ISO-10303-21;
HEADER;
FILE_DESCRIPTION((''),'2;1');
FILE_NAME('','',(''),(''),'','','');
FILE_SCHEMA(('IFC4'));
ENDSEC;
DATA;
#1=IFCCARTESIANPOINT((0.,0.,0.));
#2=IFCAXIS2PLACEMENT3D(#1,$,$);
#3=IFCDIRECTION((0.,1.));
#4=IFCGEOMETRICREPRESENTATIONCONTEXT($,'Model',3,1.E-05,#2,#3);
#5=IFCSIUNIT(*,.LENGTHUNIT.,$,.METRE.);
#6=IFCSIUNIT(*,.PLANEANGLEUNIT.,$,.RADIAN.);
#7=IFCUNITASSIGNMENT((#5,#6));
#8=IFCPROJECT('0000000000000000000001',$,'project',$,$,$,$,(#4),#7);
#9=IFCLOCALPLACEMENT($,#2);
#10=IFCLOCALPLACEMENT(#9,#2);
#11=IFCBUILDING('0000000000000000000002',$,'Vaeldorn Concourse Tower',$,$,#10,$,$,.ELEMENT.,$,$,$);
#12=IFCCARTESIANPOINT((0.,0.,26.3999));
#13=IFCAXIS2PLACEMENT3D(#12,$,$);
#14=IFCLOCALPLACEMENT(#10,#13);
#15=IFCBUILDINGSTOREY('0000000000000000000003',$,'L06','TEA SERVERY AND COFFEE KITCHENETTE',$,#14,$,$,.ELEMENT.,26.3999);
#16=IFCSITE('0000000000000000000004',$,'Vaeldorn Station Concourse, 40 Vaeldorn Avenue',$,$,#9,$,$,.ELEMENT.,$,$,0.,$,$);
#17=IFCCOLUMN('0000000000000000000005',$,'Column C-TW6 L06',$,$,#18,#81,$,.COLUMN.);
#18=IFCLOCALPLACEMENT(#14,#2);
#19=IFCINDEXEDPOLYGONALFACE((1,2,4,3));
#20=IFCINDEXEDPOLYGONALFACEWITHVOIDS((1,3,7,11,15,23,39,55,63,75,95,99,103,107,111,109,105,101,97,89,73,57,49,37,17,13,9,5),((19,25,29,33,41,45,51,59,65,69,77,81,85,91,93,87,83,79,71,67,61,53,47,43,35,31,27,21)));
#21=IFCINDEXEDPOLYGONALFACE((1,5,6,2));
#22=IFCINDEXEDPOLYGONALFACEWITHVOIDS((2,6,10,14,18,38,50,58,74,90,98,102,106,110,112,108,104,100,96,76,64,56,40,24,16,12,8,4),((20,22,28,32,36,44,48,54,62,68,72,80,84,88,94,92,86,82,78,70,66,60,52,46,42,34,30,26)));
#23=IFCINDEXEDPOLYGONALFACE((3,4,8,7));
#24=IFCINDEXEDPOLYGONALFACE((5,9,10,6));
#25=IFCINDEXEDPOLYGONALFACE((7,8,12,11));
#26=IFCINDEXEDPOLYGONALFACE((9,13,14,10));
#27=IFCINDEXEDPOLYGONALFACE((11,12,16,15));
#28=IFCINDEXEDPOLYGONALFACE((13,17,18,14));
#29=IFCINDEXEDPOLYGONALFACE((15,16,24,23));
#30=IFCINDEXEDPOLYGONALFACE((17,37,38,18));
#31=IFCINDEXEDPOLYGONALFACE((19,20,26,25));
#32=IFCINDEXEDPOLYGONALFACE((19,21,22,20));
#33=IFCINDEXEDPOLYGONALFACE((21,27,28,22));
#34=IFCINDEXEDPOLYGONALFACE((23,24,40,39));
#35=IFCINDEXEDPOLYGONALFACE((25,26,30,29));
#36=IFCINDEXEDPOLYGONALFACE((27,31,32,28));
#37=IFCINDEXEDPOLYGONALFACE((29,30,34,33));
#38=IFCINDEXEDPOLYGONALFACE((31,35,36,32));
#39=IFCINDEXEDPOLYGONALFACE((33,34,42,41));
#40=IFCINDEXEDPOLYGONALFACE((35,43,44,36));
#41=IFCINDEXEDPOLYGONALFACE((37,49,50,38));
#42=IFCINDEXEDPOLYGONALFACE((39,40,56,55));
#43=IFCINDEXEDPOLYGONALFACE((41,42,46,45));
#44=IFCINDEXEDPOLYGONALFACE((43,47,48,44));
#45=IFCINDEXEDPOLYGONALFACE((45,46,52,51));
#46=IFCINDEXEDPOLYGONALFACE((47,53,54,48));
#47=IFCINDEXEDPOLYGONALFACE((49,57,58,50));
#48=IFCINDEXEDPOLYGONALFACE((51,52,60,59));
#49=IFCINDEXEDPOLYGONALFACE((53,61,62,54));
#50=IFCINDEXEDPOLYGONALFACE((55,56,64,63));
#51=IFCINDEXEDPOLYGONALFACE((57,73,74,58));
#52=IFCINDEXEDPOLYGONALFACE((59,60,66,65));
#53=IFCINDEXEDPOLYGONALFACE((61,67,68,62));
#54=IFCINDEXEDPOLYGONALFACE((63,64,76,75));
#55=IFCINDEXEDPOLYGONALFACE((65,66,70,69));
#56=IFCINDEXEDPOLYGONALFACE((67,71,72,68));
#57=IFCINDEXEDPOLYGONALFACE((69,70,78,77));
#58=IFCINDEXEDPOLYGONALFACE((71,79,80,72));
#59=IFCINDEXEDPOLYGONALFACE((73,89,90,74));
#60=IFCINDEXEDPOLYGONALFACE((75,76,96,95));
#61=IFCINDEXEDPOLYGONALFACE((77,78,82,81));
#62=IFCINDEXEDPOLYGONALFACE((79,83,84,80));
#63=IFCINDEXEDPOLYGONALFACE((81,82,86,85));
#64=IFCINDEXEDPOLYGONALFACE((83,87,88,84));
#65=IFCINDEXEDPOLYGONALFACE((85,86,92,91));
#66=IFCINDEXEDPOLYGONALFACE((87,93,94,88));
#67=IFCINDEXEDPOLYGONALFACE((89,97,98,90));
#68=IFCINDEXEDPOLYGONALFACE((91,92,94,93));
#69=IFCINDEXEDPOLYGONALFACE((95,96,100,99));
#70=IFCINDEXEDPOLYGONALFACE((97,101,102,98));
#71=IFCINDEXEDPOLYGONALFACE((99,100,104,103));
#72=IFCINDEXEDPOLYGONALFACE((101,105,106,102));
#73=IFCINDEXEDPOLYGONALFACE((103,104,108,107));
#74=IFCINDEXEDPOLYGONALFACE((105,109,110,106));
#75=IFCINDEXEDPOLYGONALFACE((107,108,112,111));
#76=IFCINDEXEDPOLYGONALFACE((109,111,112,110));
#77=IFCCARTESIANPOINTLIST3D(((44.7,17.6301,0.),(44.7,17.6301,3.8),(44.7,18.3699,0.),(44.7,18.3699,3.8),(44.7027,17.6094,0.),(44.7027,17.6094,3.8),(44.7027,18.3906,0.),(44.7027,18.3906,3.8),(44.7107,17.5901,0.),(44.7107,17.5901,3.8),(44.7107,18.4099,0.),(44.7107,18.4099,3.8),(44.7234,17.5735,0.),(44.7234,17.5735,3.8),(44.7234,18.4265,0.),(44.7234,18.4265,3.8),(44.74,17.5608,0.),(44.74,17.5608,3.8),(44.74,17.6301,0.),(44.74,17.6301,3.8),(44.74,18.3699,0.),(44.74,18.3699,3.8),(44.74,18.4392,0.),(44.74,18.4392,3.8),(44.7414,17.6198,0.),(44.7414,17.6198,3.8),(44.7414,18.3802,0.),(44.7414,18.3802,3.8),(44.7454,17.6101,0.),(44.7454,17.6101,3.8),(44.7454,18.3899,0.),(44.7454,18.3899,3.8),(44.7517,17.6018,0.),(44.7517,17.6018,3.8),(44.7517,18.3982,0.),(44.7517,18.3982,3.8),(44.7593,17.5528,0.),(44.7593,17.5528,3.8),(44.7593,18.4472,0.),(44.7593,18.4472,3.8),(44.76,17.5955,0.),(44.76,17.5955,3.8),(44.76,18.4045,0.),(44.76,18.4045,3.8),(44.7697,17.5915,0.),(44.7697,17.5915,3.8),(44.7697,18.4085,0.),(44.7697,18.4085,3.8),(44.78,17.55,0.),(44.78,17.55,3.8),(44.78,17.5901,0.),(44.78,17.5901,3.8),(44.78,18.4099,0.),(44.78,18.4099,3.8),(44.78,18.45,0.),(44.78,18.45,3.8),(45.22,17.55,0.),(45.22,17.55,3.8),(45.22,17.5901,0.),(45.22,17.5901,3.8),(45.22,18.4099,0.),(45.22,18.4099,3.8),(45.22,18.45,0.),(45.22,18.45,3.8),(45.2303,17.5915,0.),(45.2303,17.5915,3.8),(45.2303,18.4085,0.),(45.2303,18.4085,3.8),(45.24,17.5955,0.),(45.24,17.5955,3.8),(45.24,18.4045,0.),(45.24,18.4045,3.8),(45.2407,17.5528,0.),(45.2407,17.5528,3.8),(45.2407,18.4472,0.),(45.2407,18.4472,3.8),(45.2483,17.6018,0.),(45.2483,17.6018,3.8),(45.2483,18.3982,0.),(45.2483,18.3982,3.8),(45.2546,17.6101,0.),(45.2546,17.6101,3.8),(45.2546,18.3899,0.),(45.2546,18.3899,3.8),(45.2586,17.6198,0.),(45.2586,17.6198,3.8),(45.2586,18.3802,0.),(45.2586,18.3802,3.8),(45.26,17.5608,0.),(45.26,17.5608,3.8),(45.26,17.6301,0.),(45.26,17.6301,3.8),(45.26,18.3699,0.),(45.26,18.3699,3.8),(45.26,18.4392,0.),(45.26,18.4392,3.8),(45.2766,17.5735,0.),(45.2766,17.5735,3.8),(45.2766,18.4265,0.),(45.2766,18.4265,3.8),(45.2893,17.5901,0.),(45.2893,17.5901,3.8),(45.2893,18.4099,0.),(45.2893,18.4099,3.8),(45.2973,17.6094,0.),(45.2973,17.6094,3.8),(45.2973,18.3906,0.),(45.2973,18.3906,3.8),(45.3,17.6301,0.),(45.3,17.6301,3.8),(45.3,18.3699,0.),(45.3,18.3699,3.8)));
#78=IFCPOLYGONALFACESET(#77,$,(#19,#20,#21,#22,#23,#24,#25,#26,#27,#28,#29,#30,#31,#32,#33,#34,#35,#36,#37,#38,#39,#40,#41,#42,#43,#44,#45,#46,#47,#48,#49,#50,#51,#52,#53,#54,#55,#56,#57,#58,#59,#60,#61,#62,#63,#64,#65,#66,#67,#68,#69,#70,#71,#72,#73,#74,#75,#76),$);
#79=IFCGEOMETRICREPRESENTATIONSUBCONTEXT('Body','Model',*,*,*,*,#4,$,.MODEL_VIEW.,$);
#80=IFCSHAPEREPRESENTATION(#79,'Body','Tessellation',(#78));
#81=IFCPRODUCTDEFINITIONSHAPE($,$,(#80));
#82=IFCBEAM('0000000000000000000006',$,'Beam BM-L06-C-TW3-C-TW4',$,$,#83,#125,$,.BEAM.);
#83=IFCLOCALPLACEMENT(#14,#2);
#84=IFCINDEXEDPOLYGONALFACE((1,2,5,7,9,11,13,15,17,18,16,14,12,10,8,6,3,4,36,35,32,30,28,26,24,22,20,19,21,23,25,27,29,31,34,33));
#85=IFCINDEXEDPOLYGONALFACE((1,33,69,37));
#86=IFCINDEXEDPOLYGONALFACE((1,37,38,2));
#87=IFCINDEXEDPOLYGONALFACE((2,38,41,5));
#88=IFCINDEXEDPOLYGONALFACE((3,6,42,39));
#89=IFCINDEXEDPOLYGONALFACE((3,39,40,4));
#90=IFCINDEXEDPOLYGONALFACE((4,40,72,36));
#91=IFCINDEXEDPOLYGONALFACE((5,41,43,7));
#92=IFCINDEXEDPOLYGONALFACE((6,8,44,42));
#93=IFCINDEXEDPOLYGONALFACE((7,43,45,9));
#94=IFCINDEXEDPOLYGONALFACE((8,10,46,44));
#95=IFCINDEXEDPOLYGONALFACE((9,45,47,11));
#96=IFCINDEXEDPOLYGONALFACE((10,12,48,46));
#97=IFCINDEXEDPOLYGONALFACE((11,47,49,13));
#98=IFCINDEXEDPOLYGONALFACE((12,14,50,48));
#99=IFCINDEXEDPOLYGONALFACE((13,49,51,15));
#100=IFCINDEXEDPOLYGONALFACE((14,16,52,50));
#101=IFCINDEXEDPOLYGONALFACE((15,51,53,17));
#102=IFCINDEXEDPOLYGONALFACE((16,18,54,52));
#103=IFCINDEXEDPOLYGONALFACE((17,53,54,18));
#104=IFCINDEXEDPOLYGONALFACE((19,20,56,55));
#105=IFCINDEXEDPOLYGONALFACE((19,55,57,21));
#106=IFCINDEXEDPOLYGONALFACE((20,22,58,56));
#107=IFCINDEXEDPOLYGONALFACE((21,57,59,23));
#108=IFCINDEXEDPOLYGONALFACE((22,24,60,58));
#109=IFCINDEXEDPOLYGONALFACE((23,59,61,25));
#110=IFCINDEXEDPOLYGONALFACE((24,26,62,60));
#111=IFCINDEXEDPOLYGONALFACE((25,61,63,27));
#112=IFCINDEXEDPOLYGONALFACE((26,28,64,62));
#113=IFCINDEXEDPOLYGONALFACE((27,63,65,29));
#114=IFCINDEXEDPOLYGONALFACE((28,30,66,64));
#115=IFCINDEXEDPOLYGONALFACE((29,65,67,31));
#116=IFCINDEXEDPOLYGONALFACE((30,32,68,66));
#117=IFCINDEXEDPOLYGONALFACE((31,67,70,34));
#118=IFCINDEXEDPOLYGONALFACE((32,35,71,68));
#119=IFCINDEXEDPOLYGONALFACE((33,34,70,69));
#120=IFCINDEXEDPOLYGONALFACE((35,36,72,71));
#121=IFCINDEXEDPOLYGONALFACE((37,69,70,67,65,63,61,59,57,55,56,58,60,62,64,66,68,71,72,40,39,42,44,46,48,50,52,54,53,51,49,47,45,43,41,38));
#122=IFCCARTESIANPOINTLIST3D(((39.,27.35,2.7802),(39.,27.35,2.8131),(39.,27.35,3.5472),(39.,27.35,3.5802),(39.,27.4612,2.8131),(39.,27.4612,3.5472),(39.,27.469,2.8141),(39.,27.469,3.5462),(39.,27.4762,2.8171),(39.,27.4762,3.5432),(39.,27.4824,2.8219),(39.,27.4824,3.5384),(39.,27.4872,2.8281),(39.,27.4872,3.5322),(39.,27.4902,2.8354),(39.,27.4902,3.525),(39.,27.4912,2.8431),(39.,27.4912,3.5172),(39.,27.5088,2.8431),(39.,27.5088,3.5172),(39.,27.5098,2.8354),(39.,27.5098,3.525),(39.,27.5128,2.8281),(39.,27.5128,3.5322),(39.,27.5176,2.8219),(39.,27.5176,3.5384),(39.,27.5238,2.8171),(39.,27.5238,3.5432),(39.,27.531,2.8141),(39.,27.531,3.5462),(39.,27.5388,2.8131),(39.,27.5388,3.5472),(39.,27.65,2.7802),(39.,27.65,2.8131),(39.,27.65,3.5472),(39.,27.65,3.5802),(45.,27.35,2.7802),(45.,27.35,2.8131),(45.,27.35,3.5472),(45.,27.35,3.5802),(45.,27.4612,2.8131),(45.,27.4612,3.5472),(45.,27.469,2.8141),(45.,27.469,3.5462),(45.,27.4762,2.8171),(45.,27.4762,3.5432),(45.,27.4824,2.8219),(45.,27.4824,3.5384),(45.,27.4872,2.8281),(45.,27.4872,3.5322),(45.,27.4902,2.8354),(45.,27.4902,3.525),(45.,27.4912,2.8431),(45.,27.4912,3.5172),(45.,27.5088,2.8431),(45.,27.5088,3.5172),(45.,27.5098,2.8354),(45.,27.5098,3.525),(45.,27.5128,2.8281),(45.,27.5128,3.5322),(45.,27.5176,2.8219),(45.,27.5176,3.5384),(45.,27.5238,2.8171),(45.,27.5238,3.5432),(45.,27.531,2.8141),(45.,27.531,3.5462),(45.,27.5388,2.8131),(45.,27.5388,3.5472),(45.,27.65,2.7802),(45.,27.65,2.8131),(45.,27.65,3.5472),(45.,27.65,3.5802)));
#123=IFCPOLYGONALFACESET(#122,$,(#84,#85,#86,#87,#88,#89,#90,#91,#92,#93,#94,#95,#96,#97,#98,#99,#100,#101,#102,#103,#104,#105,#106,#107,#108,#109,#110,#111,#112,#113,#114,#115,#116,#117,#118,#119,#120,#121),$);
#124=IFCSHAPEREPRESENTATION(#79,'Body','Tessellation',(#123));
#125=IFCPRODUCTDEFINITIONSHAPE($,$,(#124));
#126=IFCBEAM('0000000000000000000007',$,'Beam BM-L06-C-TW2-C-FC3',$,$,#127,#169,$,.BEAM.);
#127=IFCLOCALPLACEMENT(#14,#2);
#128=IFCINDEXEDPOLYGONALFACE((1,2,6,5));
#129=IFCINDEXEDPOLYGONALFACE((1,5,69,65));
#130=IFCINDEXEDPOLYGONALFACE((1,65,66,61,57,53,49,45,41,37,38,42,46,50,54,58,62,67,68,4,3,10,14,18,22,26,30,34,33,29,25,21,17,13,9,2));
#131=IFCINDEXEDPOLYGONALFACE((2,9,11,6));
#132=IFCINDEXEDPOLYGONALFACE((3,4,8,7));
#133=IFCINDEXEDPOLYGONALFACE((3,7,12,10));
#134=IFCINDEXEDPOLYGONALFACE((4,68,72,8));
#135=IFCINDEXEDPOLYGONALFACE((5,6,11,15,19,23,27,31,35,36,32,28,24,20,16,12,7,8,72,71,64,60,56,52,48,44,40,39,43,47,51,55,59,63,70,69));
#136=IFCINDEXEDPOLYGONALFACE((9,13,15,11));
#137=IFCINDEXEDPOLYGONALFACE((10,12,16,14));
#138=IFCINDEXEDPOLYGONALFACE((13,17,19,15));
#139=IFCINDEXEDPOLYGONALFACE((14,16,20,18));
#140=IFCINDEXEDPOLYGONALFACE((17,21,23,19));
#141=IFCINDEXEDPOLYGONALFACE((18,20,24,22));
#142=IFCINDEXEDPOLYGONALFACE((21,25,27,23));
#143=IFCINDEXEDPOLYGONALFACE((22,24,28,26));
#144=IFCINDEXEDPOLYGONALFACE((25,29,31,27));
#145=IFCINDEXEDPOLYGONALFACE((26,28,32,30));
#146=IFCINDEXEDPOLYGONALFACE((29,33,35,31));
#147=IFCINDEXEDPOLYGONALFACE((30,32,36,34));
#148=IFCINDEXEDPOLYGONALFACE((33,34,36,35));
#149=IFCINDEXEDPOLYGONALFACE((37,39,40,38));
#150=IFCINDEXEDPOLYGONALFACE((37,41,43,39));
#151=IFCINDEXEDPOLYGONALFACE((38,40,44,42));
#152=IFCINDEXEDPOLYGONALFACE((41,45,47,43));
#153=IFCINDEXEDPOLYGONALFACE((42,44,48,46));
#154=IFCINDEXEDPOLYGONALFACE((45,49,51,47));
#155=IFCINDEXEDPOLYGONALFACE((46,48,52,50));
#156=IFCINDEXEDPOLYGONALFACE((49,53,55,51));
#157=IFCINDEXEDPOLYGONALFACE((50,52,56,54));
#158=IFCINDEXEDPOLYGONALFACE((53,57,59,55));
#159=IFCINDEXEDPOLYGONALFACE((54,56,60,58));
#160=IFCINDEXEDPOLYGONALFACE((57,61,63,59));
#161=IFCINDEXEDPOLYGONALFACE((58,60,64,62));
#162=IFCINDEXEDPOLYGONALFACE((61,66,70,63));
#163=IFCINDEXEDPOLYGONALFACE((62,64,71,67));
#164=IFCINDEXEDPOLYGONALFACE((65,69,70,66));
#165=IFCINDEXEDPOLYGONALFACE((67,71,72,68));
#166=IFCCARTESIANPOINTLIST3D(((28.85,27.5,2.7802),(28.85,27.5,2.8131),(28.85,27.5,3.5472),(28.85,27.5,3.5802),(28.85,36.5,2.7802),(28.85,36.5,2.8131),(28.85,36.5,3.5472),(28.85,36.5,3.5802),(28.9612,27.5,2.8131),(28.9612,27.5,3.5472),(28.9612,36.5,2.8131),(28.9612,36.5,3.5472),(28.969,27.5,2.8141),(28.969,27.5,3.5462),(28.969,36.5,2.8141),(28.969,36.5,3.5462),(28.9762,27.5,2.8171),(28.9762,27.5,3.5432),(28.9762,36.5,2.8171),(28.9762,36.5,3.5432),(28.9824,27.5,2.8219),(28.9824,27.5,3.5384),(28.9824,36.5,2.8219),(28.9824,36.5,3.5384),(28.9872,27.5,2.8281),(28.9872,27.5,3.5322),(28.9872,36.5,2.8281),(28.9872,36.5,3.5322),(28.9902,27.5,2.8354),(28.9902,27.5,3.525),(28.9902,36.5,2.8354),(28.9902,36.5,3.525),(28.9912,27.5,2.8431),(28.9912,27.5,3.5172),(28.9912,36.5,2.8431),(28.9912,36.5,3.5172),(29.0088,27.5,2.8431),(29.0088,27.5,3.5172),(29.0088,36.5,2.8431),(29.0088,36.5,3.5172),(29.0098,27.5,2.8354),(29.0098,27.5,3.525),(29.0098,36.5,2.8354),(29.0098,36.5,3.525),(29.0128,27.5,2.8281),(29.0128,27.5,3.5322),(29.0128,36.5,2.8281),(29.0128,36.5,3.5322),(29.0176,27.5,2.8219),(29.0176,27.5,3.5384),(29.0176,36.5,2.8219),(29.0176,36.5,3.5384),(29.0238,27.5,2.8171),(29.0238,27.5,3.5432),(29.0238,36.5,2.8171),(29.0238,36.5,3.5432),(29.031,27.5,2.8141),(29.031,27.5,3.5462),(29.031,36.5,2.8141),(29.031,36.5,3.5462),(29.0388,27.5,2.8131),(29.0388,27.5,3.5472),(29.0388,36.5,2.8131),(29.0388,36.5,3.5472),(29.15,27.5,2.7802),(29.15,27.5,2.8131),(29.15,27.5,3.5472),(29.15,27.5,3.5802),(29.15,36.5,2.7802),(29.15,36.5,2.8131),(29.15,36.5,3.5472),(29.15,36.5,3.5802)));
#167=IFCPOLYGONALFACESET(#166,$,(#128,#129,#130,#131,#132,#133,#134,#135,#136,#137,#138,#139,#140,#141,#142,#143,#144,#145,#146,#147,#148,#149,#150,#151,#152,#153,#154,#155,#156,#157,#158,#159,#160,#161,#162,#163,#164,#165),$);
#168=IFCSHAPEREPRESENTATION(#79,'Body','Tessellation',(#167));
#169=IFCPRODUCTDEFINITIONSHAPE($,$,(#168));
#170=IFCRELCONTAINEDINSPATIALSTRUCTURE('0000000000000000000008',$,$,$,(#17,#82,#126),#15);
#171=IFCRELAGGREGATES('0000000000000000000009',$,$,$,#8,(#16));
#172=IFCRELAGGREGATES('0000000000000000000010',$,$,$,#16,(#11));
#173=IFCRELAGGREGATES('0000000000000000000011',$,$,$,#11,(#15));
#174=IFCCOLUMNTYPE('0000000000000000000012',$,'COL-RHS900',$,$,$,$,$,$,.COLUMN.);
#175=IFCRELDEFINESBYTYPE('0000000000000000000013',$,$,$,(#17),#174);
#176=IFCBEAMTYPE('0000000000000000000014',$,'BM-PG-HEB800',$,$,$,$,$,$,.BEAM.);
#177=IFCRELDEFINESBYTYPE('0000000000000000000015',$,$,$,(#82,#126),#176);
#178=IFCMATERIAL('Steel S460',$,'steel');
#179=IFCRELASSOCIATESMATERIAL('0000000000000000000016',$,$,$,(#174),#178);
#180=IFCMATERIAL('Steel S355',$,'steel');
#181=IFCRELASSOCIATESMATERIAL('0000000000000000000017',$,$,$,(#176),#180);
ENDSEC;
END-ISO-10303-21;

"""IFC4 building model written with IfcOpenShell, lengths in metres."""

from ifc_helpers import new_model, si_unit, direction, frame, origin, origin_2d, place, context, subcontext, project, spatial, hollow_rectangle, i_section, extrude, source, transform, mapped, material, material_profile, profile_set, type_object, element, save


model = new_model("IFC4")

# Units and contexts
model_context = context("Model", 3, precision=1e-05, world=origin(), true_north=direction((0.0, 1.0)))
body_context = subcontext(model_context, "Body", "Model", "MODEL_VIEW")
ifc_project = project(units=[si_unit("LENGTHUNIT", "METRE"), si_unit("PLANEANGLEUNIT", "RADIAN")], contexts=[model_context])

# Site, building, storey
site_placement = place(None, origin())
site = spatial("IfcSite", under=ifc_project, at=site_placement, Name="Vaeldorn Station Concourse, 40 Vaeldorn Avenue", CompositionType="ELEMENT", RefElevation=0.0)
building_placement = place(site_placement, origin())
building = spatial("IfcBuilding", under=site, at=building_placement, Name="Vaeldorn Concourse Tower", CompositionType="ELEMENT")
storey_placement = place(building_placement, frame((0.0, 0.0, 26.3999)))
storey = spatial("IfcBuildingStorey", under=building, at=storey_placement, Name="L06", Description="TEA SERVERY AND COFFEE KITCHENETTE", CompositionType="ELEMENT", Elevation=26.3999)

# Column
ifc_material_1 = material(Name="Steel S460", Category="steel")
ifc_material_profile_1 = material_profile(ifc_material_1, hollow_rectangle(XDim=0.6001, YDim=0.8999, WallThickness=0.04, InnerFilletRadius=0.04, OuterFilletRadius=0.0801, at=origin_2d()), Name="RHS 900x600x40")
ifc_profile_set_1 = profile_set([ifc_material_profile_1], Name="Steel S460")
column_type_1 = type_object("IfcColumnType", Name="COL-RHS900", PredefinedType="COLUMN", material=ifc_profile_set_1)
shared_shape_1 = source(origin(), body_context, "Body", "SweptSolid", [
    extrude(hollow_rectangle(XDim=0.6001, YDim=0.8999, WallThickness=0.04, InnerFilletRadius=0.04, OuterFilletRadius=0.0801, at=origin_2d()), origin(), (0.0, 0.0, 1.0), 3.8),
])
for number, where, z_axis, x_axis, name in (
    (1, (45.0, 18.0, 0.0), (0.0, 0.0, 1.0), (1.0, 0.0, 0.0), "Column C-TW6 L06"),
):
    element("IfcColumn", number, at=place(storey_placement, frame(where, z_axis=z_axis, x_axis=x_axis)), inside=storey, type_object=column_type_1, Name=name, PredefinedType="COLUMN", context=body_context, shape_type="MappedRepresentation", body=[
        mapped(shared_shape_1, transform((0.0, 0.0, 0.0), scale=1.0)),
    ])

# Beams
ifc_material_2 = material(Name="Steel S355", Category="steel")
ifc_material_profile_2 = material_profile(ifc_material_2, i_section(OverallWidth=0.3, OverallDepth=0.8, WebThickness=0.0176, FlangeThickness=0.033, FilletRadius=0.03, at=origin_2d()), Name="HEB 800")
ifc_profile_set_2 = profile_set([ifc_material_profile_2], Name="Steel S355")
beam_type_1 = type_object("IfcBeamType", Name="BM-PG-HEB800", PredefinedType="BEAM", material=ifc_profile_set_2)
shared_shape_2 = source(origin(), body_context, "Body", "SweptSolid", [
    extrude(i_section(OverallWidth=0.3, OverallDepth=0.8, WebThickness=0.0176, FlangeThickness=0.033, FilletRadius=0.03, at=origin_2d()), origin(), (0.0, 0.0, 1.0), 6.0),
])
beam_1_placement = place(storey_placement, frame((39.0, 27.5, 3.1802), z_axis=(1.0, 0.0, 0.0), x_axis=(0.0, 1.0, 0.0)))
element("IfcBeam", 2, at=beam_1_placement, inside=storey, type_object=beam_type_1, Name="Beam BM-L06-C-TW3-C-TW4", PredefinedType="BEAM", context=body_context, shape_type="MappedRepresentation", body=[
    mapped(shared_shape_2, transform((0.0, 0.0, 0.0), scale=1.0)),
])
shared_shape_3 = source(origin(), body_context, "Body", "SweptSolid", [
    extrude(i_section(OverallWidth=0.3, OverallDepth=0.8, WebThickness=0.0176, FlangeThickness=0.033, FilletRadius=0.03, at=origin_2d()), origin(), (0.0, 0.0, 1.0), 9.0),
])
for number, where, z_axis, x_axis, name in (
    (3, (29.0, 27.5, 3.1802), (0.0, 1.0, 0.0), (-1.0, 0.0, 0.0), "Beam BM-L06-C-TW2-C-FC3"),
):
    element("IfcBeam", number, at=place(storey_placement, frame(where, z_axis=z_axis, x_axis=x_axis)), inside=storey, type_object=beam_type_1, Name=name, PredefinedType="BEAM", context=body_context, shape_type="MappedRepresentation", body=[
        mapped(shared_shape_3, transform((0.0, 0.0, 0.0), scale=1.0)),
    ])

save(model, "model.ifc")
